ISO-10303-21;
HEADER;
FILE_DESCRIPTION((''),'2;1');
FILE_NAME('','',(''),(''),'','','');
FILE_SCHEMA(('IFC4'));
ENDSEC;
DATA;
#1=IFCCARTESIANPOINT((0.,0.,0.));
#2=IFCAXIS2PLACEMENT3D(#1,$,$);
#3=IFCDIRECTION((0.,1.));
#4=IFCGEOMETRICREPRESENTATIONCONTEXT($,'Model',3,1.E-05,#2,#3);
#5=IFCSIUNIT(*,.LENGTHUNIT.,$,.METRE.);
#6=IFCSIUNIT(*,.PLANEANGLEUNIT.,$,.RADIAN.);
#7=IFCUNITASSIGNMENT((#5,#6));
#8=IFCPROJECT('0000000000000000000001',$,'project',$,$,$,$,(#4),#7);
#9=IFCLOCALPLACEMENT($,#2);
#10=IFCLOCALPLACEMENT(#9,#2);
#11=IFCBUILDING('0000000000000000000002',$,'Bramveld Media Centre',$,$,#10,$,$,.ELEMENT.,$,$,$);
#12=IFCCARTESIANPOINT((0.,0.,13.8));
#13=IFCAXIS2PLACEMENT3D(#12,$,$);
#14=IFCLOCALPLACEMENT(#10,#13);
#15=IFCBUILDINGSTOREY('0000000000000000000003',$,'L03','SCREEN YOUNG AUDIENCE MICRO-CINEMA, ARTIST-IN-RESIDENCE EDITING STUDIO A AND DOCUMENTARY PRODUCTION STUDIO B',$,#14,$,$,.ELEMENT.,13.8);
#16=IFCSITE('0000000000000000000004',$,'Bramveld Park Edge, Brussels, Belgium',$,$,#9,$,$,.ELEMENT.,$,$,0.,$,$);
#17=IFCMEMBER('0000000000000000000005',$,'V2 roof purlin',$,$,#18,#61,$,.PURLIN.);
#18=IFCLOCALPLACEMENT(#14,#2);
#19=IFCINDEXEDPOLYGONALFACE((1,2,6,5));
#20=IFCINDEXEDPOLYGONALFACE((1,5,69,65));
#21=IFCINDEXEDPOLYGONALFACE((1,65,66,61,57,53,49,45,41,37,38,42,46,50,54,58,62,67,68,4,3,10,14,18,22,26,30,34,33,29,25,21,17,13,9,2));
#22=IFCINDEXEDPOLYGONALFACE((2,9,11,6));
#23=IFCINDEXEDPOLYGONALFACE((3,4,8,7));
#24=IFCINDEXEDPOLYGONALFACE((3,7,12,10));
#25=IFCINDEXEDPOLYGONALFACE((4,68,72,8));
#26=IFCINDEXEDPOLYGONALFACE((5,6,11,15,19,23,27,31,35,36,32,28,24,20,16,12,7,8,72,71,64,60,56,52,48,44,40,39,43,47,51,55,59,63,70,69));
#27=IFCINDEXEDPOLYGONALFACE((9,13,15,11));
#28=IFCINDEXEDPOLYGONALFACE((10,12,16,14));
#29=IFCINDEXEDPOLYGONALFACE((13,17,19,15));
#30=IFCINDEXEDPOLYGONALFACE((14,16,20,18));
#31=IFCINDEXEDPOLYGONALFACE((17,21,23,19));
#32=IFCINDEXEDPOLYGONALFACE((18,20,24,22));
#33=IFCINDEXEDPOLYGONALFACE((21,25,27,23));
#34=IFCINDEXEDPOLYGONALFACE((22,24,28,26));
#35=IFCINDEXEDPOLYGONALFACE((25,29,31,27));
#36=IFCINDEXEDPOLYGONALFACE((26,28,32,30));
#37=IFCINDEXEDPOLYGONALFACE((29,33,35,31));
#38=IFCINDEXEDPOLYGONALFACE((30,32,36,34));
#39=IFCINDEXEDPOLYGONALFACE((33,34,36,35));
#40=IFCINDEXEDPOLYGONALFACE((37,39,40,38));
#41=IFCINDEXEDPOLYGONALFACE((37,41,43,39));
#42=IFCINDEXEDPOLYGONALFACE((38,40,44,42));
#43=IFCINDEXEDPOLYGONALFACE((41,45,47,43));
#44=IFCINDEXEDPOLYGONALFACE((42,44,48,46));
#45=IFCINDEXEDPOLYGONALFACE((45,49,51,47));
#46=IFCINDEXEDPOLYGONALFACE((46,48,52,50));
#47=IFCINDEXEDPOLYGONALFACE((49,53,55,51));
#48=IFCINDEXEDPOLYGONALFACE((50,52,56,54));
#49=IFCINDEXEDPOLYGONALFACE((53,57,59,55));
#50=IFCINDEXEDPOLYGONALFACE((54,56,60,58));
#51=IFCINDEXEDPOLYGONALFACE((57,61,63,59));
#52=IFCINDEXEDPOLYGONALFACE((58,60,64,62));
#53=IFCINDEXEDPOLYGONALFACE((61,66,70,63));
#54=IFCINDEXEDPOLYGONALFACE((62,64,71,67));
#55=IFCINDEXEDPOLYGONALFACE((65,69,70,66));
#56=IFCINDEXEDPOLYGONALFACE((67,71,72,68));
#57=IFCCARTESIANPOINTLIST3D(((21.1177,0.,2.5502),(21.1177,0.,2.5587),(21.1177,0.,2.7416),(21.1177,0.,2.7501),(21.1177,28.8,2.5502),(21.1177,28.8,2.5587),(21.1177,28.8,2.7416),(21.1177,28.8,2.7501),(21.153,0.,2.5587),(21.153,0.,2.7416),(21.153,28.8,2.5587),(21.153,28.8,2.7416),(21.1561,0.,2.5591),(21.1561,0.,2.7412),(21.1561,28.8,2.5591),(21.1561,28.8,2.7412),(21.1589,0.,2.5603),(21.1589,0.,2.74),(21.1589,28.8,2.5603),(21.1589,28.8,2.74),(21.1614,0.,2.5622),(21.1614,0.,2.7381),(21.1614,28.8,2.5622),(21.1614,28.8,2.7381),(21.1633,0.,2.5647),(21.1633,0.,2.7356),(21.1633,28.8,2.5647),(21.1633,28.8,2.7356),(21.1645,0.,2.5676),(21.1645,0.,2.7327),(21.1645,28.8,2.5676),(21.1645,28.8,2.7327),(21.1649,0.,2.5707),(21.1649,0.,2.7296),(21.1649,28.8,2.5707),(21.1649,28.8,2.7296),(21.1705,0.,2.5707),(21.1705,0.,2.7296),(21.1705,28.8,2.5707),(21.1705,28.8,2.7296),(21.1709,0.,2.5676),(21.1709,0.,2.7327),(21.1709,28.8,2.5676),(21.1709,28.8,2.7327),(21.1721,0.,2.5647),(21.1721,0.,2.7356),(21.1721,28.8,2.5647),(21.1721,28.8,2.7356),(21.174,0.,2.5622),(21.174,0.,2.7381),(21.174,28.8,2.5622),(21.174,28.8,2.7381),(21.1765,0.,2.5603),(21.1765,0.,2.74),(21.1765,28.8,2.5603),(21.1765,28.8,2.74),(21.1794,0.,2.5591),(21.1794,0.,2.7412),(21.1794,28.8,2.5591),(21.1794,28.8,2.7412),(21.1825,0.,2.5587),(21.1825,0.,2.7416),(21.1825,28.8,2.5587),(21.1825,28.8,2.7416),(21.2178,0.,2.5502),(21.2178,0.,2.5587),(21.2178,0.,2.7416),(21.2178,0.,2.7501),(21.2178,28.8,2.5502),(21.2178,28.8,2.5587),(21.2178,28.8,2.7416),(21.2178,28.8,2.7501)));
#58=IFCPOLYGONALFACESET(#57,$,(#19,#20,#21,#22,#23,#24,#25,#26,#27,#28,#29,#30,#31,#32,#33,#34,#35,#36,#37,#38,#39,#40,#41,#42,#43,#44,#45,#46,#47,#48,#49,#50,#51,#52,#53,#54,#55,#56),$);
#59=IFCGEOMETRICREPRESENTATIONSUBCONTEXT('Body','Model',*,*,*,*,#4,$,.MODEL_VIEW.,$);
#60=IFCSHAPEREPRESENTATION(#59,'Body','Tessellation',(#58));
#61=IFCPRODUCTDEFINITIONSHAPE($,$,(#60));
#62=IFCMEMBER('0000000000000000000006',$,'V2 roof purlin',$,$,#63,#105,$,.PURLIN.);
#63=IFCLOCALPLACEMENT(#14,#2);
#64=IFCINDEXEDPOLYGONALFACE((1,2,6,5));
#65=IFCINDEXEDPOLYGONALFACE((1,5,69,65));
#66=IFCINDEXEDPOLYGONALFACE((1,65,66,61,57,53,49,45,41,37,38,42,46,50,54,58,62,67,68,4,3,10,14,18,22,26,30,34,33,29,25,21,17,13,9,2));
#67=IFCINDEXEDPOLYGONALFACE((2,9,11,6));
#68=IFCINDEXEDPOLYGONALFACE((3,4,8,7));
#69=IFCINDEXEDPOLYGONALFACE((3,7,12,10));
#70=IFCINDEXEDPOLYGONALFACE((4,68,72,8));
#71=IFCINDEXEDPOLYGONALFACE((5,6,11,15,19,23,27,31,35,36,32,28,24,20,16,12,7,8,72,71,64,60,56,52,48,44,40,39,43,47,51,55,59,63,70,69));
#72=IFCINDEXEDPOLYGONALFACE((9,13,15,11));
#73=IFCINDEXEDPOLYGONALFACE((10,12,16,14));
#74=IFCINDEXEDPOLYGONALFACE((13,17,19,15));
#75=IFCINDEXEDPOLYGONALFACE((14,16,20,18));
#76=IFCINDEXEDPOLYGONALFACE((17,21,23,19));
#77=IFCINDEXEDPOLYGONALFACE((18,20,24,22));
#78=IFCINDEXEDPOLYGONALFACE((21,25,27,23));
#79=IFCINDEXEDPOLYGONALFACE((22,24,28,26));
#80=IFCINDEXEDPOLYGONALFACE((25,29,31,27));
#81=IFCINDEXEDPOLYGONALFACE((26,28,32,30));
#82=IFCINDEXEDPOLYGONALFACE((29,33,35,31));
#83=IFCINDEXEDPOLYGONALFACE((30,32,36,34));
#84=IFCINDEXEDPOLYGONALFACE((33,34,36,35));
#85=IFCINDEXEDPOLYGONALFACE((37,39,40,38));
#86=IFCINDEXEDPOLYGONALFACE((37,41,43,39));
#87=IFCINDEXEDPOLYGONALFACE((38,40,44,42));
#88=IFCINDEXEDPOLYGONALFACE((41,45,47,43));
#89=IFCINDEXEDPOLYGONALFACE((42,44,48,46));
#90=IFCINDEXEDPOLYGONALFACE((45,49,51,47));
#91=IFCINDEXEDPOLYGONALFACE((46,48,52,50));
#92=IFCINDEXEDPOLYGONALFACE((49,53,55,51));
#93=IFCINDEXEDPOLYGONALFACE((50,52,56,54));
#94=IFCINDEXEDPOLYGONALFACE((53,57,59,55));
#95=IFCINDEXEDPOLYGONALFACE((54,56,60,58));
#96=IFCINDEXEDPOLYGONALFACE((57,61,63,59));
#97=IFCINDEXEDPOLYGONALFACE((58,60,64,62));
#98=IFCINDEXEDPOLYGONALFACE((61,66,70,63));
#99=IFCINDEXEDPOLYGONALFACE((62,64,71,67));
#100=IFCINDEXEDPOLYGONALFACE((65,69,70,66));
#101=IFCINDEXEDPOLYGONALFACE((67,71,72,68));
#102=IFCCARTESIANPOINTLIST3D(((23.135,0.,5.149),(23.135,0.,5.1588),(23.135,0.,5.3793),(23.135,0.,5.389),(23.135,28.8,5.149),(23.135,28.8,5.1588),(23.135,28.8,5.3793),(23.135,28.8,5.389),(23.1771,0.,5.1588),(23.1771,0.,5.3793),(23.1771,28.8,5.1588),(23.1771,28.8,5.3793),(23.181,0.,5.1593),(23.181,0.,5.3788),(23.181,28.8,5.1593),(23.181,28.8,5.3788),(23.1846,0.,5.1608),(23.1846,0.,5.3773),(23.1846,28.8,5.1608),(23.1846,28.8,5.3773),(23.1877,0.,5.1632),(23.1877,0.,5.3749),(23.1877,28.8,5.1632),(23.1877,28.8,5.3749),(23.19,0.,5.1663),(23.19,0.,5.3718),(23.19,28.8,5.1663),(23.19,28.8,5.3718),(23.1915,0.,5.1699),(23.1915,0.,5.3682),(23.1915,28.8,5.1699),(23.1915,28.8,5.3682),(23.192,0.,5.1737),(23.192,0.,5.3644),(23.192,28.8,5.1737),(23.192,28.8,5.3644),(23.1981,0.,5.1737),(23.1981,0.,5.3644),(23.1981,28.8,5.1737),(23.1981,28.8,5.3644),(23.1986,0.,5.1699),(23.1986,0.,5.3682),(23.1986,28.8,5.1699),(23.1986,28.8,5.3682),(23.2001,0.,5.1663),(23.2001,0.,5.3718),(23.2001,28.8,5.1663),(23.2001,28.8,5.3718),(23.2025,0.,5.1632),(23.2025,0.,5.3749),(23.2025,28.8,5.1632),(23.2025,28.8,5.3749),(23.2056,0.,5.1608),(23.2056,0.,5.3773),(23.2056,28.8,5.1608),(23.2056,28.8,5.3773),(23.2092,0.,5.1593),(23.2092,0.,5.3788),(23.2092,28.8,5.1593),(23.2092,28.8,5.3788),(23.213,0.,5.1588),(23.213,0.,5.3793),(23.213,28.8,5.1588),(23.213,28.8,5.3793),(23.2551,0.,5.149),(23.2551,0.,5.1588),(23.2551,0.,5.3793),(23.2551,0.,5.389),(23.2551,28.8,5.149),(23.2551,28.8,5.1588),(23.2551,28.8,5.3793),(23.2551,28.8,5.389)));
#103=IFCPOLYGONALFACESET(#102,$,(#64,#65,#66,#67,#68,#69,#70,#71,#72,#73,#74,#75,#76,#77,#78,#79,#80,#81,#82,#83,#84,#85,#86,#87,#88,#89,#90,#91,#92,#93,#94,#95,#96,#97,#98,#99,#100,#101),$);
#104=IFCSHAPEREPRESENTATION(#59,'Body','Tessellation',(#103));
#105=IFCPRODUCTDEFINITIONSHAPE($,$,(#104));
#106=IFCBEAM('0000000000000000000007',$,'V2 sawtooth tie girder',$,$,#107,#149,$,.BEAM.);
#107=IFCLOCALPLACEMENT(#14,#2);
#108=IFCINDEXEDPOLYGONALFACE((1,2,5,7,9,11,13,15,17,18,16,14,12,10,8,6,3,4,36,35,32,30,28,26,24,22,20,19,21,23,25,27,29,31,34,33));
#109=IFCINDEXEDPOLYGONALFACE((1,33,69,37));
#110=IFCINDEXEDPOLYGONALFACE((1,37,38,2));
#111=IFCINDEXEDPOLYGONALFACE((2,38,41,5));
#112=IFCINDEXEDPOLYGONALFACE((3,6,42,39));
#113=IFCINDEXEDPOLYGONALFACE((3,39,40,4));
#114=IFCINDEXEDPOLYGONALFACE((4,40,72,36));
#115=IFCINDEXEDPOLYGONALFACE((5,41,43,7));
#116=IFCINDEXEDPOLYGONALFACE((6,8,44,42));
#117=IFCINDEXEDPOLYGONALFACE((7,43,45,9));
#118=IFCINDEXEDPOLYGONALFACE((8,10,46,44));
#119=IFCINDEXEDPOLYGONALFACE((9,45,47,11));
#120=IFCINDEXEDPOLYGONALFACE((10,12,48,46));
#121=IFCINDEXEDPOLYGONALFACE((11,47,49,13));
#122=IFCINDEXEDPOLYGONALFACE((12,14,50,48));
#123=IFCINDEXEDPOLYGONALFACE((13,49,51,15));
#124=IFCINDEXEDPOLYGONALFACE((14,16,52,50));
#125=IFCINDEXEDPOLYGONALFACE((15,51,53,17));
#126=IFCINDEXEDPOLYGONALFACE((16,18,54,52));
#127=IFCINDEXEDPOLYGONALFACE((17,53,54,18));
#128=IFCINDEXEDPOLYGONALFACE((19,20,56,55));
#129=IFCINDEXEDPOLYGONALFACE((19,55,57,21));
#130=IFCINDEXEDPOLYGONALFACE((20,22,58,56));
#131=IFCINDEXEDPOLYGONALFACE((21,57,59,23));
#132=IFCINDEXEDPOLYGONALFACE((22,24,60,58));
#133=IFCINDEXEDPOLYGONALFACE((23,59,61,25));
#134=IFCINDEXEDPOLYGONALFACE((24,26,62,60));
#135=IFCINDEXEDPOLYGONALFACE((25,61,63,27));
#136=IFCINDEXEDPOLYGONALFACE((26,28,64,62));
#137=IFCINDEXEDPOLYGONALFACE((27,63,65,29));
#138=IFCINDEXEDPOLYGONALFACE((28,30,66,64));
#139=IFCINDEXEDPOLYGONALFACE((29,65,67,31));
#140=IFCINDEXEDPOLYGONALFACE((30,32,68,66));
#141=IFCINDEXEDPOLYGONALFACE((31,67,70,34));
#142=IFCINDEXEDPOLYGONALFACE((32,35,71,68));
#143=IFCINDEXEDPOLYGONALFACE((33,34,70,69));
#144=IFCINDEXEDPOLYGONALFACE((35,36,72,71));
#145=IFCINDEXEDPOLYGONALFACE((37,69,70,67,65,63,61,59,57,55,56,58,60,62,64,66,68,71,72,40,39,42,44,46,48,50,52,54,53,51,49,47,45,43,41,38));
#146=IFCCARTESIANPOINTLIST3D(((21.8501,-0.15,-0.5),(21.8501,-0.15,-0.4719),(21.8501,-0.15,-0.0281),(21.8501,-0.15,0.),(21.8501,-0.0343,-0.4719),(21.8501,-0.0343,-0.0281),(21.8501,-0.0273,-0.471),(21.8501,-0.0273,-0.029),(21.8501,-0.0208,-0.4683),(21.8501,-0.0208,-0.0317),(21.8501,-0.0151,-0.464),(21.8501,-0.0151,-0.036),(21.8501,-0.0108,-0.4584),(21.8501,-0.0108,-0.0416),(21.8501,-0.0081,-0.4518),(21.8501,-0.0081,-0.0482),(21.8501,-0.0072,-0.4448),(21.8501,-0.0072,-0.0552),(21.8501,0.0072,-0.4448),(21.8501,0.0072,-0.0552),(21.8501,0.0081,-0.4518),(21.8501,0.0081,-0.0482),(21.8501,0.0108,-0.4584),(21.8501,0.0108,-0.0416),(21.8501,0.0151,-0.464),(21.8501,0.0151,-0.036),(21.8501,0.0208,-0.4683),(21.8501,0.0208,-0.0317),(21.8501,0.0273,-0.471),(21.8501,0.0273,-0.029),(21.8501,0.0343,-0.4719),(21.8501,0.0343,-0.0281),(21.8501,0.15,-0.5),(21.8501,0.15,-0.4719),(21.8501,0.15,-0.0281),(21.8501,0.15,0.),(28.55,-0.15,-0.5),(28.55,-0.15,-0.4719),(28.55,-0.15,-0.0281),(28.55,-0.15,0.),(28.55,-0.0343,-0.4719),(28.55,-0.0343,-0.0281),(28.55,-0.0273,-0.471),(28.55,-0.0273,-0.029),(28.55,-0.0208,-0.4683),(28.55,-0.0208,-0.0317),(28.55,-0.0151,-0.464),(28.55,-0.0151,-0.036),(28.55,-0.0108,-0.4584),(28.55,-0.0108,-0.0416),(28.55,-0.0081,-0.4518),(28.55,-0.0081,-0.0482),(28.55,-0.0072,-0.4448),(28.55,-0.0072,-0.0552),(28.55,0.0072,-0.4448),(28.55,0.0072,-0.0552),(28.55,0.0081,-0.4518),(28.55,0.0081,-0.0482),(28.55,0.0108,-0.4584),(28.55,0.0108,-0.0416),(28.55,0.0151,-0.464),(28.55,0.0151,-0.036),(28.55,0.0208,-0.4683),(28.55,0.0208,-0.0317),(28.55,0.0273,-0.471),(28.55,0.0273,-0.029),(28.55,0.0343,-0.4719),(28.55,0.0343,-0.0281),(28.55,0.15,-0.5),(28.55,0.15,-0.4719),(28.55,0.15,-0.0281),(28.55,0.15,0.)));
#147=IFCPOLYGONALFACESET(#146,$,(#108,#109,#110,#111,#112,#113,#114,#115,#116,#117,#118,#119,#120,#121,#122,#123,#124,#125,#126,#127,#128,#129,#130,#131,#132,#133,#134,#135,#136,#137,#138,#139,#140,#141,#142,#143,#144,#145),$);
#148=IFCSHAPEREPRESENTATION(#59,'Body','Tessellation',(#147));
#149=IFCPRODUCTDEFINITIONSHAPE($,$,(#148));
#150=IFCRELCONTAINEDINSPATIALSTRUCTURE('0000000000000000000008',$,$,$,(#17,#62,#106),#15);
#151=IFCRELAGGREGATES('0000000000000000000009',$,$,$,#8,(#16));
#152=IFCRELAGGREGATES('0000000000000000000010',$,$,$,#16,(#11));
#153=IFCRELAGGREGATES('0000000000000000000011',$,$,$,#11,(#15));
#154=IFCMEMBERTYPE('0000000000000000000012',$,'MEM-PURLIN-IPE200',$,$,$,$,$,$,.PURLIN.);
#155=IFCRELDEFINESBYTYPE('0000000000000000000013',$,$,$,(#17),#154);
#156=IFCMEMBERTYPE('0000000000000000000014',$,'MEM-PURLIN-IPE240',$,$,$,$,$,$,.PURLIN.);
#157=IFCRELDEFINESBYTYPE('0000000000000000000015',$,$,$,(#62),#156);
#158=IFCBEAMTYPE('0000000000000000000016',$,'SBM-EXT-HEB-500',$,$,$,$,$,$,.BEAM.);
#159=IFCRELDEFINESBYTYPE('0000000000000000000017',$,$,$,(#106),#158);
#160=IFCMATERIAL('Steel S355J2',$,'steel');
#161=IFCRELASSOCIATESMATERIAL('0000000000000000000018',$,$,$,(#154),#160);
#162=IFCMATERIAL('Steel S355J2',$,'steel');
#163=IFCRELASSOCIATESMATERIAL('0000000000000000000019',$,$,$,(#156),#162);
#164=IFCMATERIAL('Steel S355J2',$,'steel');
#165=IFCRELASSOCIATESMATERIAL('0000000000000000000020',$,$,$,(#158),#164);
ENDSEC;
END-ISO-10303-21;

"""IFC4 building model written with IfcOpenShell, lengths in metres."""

from ifc_helpers import new_model, si_unit, direction, frame, origin, origin_2d, place, context, subcontext, project, spatial, i_section, extrude, material, material_profile, profile_set, type_object, element, save


model = new_model("IFC4")

# Units and contexts
model_context = context("Model", 3, precision=1e-05, world=origin(), true_north=direction((0.0, 1.0)))
body_context = subcontext(model_context, "Body", "Model", "MODEL_VIEW")
ifc_project = project(units=[si_unit("LENGTHUNIT", "METRE"), si_unit("PLANEANGLEUNIT", "RADIAN")], contexts=[model_context])

# Site, building, storey
site_placement = place(None, origin())
site = spatial("IfcSite", under=ifc_project, at=site_placement, Name="Bramveld Park Edge, Brussels, Belgium", CompositionType="ELEMENT", RefElevation=0.0)
building_placement = place(site_placement, origin())
building = spatial("IfcBuilding", under=site, at=building_placement, Name="Bramveld Media Centre", CompositionType="ELEMENT")
storey_placement = place(building_placement, frame((0.0, 0.0, 13.8)))
storey = spatial("IfcBuildingStorey", under=building, at=storey_placement, Name="L03", Description="SCREEN YOUNG AUDIENCE MICRO-CINEMA, ARTIST-IN-RESIDENCE EDITING STUDIO A AND DOCUMENTARY PRODUCTION STUDIO B", CompositionType="ELEMENT", Elevation=13.8)

# Members
ifc_material_1 = material(Name="Steel S355J2", Category="steel")
ifc_material_profile_1 = material_profile(ifc_material_1, i_section(OverallWidth=0.1001, OverallDepth=0.2, WebThickness=0.0056, FlangeThickness=0.0085, FilletRadius=0.012, at=origin_2d()), Name="IPE 200")
ifc_profile_set_1 = profile_set([ifc_material_profile_1], Name="Steel S355J2")
member_type_1 = type_object("IfcMemberType", Name="MEM-PURLIN-IPE200", PredefinedType="PURLIN", material=ifc_profile_set_1)
member_1_placement = place(storey_placement, frame((21.1677, 0.0, 2.6501), z_axis=(0.0, 1.0, 0.0), x_axis=(-1.0, 0.0, 0.0)))
element("IfcMember", 1, at=member_1_placement, inside=storey, type_object=member_type_1, Name="V2 roof purlin", PredefinedType="PURLIN", context=body_context, shape_type="SweptSolid", body=[
    extrude(i_section(OverallWidth=0.1001, OverallDepth=0.2, WebThickness=0.0056, FlangeThickness=0.0085, FilletRadius=0.012, at=origin_2d()), origin(), (0.0, 0.0, 1.0), 28.8),
])
ifc_material_2 = material(Name="Steel S355J2", Category="steel")
ifc_material_profile_2 = material_profile(ifc_material_2, i_section(OverallWidth=0.1201, OverallDepth=0.24, WebThickness=0.0061, FlangeThickness=0.0098, FilletRadius=0.0149, at=origin_2d()), Name="IPE 240")
ifc_profile_set_2 = profile_set([ifc_material_profile_2], Name="Steel S355J2")
member_type_2 = type_object("IfcMemberType", Name="MEM-PURLIN-IPE240", PredefinedType="PURLIN", material=ifc_profile_set_2)
member_2_placement = place(storey_placement, frame((23.1951, 0.0, 5.269), z_axis=(0.0, 1.0, 0.0), x_axis=(-1.0, 0.0, 0.0)))
element("IfcMember", 2, at=member_2_placement, inside=storey, type_object=member_type_2, Name="V2 roof purlin", PredefinedType="PURLIN", context=body_context, shape_type="SweptSolid", body=[
    extrude(i_section(OverallWidth=0.1201, OverallDepth=0.24, WebThickness=0.0061, FlangeThickness=0.0098, FilletRadius=0.0149, at=origin_2d()), origin(), (0.0, 0.0, 1.0), 28.8),
])

# Beam
ifc_material_3 = material(Name="Steel S355J2", Category="steel")
ifc_material_profile_3 = material_profile(ifc_material_3, i_section(OverallWidth=0.3, OverallDepth=0.5, WebThickness=0.0144, FlangeThickness=0.0281, FilletRadius=0.0271, at=origin_2d()), Name="HEB 500")
ifc_profile_set_3 = profile_set([ifc_material_profile_3], Name="Steel S355J2")
beam_type_1 = type_object("IfcBeamType", Name="SBM-EXT-HEB-500", PredefinedType="BEAM", material=ifc_profile_set_3)
beam_1_placement = place(storey_placement, frame((21.8501, 0.0, -0.25), z_axis=(1.0, 0.0, 0.0), x_axis=(0.0, 1.0, 0.0)))
element("IfcBeam", 3, at=beam_1_placement, inside=storey, type_object=beam_type_1, Name="V2 sawtooth tie girder", PredefinedType="BEAM", context=body_context, shape_type="SweptSolid", body=[
    extrude(i_section(OverallWidth=0.3, OverallDepth=0.5, WebThickness=0.0144, FlangeThickness=0.0281, FilletRadius=0.0271, at=origin_2d()), origin(), (0.0, 0.0, 1.0), 6.7),
])

save(model, "model.ifc")
